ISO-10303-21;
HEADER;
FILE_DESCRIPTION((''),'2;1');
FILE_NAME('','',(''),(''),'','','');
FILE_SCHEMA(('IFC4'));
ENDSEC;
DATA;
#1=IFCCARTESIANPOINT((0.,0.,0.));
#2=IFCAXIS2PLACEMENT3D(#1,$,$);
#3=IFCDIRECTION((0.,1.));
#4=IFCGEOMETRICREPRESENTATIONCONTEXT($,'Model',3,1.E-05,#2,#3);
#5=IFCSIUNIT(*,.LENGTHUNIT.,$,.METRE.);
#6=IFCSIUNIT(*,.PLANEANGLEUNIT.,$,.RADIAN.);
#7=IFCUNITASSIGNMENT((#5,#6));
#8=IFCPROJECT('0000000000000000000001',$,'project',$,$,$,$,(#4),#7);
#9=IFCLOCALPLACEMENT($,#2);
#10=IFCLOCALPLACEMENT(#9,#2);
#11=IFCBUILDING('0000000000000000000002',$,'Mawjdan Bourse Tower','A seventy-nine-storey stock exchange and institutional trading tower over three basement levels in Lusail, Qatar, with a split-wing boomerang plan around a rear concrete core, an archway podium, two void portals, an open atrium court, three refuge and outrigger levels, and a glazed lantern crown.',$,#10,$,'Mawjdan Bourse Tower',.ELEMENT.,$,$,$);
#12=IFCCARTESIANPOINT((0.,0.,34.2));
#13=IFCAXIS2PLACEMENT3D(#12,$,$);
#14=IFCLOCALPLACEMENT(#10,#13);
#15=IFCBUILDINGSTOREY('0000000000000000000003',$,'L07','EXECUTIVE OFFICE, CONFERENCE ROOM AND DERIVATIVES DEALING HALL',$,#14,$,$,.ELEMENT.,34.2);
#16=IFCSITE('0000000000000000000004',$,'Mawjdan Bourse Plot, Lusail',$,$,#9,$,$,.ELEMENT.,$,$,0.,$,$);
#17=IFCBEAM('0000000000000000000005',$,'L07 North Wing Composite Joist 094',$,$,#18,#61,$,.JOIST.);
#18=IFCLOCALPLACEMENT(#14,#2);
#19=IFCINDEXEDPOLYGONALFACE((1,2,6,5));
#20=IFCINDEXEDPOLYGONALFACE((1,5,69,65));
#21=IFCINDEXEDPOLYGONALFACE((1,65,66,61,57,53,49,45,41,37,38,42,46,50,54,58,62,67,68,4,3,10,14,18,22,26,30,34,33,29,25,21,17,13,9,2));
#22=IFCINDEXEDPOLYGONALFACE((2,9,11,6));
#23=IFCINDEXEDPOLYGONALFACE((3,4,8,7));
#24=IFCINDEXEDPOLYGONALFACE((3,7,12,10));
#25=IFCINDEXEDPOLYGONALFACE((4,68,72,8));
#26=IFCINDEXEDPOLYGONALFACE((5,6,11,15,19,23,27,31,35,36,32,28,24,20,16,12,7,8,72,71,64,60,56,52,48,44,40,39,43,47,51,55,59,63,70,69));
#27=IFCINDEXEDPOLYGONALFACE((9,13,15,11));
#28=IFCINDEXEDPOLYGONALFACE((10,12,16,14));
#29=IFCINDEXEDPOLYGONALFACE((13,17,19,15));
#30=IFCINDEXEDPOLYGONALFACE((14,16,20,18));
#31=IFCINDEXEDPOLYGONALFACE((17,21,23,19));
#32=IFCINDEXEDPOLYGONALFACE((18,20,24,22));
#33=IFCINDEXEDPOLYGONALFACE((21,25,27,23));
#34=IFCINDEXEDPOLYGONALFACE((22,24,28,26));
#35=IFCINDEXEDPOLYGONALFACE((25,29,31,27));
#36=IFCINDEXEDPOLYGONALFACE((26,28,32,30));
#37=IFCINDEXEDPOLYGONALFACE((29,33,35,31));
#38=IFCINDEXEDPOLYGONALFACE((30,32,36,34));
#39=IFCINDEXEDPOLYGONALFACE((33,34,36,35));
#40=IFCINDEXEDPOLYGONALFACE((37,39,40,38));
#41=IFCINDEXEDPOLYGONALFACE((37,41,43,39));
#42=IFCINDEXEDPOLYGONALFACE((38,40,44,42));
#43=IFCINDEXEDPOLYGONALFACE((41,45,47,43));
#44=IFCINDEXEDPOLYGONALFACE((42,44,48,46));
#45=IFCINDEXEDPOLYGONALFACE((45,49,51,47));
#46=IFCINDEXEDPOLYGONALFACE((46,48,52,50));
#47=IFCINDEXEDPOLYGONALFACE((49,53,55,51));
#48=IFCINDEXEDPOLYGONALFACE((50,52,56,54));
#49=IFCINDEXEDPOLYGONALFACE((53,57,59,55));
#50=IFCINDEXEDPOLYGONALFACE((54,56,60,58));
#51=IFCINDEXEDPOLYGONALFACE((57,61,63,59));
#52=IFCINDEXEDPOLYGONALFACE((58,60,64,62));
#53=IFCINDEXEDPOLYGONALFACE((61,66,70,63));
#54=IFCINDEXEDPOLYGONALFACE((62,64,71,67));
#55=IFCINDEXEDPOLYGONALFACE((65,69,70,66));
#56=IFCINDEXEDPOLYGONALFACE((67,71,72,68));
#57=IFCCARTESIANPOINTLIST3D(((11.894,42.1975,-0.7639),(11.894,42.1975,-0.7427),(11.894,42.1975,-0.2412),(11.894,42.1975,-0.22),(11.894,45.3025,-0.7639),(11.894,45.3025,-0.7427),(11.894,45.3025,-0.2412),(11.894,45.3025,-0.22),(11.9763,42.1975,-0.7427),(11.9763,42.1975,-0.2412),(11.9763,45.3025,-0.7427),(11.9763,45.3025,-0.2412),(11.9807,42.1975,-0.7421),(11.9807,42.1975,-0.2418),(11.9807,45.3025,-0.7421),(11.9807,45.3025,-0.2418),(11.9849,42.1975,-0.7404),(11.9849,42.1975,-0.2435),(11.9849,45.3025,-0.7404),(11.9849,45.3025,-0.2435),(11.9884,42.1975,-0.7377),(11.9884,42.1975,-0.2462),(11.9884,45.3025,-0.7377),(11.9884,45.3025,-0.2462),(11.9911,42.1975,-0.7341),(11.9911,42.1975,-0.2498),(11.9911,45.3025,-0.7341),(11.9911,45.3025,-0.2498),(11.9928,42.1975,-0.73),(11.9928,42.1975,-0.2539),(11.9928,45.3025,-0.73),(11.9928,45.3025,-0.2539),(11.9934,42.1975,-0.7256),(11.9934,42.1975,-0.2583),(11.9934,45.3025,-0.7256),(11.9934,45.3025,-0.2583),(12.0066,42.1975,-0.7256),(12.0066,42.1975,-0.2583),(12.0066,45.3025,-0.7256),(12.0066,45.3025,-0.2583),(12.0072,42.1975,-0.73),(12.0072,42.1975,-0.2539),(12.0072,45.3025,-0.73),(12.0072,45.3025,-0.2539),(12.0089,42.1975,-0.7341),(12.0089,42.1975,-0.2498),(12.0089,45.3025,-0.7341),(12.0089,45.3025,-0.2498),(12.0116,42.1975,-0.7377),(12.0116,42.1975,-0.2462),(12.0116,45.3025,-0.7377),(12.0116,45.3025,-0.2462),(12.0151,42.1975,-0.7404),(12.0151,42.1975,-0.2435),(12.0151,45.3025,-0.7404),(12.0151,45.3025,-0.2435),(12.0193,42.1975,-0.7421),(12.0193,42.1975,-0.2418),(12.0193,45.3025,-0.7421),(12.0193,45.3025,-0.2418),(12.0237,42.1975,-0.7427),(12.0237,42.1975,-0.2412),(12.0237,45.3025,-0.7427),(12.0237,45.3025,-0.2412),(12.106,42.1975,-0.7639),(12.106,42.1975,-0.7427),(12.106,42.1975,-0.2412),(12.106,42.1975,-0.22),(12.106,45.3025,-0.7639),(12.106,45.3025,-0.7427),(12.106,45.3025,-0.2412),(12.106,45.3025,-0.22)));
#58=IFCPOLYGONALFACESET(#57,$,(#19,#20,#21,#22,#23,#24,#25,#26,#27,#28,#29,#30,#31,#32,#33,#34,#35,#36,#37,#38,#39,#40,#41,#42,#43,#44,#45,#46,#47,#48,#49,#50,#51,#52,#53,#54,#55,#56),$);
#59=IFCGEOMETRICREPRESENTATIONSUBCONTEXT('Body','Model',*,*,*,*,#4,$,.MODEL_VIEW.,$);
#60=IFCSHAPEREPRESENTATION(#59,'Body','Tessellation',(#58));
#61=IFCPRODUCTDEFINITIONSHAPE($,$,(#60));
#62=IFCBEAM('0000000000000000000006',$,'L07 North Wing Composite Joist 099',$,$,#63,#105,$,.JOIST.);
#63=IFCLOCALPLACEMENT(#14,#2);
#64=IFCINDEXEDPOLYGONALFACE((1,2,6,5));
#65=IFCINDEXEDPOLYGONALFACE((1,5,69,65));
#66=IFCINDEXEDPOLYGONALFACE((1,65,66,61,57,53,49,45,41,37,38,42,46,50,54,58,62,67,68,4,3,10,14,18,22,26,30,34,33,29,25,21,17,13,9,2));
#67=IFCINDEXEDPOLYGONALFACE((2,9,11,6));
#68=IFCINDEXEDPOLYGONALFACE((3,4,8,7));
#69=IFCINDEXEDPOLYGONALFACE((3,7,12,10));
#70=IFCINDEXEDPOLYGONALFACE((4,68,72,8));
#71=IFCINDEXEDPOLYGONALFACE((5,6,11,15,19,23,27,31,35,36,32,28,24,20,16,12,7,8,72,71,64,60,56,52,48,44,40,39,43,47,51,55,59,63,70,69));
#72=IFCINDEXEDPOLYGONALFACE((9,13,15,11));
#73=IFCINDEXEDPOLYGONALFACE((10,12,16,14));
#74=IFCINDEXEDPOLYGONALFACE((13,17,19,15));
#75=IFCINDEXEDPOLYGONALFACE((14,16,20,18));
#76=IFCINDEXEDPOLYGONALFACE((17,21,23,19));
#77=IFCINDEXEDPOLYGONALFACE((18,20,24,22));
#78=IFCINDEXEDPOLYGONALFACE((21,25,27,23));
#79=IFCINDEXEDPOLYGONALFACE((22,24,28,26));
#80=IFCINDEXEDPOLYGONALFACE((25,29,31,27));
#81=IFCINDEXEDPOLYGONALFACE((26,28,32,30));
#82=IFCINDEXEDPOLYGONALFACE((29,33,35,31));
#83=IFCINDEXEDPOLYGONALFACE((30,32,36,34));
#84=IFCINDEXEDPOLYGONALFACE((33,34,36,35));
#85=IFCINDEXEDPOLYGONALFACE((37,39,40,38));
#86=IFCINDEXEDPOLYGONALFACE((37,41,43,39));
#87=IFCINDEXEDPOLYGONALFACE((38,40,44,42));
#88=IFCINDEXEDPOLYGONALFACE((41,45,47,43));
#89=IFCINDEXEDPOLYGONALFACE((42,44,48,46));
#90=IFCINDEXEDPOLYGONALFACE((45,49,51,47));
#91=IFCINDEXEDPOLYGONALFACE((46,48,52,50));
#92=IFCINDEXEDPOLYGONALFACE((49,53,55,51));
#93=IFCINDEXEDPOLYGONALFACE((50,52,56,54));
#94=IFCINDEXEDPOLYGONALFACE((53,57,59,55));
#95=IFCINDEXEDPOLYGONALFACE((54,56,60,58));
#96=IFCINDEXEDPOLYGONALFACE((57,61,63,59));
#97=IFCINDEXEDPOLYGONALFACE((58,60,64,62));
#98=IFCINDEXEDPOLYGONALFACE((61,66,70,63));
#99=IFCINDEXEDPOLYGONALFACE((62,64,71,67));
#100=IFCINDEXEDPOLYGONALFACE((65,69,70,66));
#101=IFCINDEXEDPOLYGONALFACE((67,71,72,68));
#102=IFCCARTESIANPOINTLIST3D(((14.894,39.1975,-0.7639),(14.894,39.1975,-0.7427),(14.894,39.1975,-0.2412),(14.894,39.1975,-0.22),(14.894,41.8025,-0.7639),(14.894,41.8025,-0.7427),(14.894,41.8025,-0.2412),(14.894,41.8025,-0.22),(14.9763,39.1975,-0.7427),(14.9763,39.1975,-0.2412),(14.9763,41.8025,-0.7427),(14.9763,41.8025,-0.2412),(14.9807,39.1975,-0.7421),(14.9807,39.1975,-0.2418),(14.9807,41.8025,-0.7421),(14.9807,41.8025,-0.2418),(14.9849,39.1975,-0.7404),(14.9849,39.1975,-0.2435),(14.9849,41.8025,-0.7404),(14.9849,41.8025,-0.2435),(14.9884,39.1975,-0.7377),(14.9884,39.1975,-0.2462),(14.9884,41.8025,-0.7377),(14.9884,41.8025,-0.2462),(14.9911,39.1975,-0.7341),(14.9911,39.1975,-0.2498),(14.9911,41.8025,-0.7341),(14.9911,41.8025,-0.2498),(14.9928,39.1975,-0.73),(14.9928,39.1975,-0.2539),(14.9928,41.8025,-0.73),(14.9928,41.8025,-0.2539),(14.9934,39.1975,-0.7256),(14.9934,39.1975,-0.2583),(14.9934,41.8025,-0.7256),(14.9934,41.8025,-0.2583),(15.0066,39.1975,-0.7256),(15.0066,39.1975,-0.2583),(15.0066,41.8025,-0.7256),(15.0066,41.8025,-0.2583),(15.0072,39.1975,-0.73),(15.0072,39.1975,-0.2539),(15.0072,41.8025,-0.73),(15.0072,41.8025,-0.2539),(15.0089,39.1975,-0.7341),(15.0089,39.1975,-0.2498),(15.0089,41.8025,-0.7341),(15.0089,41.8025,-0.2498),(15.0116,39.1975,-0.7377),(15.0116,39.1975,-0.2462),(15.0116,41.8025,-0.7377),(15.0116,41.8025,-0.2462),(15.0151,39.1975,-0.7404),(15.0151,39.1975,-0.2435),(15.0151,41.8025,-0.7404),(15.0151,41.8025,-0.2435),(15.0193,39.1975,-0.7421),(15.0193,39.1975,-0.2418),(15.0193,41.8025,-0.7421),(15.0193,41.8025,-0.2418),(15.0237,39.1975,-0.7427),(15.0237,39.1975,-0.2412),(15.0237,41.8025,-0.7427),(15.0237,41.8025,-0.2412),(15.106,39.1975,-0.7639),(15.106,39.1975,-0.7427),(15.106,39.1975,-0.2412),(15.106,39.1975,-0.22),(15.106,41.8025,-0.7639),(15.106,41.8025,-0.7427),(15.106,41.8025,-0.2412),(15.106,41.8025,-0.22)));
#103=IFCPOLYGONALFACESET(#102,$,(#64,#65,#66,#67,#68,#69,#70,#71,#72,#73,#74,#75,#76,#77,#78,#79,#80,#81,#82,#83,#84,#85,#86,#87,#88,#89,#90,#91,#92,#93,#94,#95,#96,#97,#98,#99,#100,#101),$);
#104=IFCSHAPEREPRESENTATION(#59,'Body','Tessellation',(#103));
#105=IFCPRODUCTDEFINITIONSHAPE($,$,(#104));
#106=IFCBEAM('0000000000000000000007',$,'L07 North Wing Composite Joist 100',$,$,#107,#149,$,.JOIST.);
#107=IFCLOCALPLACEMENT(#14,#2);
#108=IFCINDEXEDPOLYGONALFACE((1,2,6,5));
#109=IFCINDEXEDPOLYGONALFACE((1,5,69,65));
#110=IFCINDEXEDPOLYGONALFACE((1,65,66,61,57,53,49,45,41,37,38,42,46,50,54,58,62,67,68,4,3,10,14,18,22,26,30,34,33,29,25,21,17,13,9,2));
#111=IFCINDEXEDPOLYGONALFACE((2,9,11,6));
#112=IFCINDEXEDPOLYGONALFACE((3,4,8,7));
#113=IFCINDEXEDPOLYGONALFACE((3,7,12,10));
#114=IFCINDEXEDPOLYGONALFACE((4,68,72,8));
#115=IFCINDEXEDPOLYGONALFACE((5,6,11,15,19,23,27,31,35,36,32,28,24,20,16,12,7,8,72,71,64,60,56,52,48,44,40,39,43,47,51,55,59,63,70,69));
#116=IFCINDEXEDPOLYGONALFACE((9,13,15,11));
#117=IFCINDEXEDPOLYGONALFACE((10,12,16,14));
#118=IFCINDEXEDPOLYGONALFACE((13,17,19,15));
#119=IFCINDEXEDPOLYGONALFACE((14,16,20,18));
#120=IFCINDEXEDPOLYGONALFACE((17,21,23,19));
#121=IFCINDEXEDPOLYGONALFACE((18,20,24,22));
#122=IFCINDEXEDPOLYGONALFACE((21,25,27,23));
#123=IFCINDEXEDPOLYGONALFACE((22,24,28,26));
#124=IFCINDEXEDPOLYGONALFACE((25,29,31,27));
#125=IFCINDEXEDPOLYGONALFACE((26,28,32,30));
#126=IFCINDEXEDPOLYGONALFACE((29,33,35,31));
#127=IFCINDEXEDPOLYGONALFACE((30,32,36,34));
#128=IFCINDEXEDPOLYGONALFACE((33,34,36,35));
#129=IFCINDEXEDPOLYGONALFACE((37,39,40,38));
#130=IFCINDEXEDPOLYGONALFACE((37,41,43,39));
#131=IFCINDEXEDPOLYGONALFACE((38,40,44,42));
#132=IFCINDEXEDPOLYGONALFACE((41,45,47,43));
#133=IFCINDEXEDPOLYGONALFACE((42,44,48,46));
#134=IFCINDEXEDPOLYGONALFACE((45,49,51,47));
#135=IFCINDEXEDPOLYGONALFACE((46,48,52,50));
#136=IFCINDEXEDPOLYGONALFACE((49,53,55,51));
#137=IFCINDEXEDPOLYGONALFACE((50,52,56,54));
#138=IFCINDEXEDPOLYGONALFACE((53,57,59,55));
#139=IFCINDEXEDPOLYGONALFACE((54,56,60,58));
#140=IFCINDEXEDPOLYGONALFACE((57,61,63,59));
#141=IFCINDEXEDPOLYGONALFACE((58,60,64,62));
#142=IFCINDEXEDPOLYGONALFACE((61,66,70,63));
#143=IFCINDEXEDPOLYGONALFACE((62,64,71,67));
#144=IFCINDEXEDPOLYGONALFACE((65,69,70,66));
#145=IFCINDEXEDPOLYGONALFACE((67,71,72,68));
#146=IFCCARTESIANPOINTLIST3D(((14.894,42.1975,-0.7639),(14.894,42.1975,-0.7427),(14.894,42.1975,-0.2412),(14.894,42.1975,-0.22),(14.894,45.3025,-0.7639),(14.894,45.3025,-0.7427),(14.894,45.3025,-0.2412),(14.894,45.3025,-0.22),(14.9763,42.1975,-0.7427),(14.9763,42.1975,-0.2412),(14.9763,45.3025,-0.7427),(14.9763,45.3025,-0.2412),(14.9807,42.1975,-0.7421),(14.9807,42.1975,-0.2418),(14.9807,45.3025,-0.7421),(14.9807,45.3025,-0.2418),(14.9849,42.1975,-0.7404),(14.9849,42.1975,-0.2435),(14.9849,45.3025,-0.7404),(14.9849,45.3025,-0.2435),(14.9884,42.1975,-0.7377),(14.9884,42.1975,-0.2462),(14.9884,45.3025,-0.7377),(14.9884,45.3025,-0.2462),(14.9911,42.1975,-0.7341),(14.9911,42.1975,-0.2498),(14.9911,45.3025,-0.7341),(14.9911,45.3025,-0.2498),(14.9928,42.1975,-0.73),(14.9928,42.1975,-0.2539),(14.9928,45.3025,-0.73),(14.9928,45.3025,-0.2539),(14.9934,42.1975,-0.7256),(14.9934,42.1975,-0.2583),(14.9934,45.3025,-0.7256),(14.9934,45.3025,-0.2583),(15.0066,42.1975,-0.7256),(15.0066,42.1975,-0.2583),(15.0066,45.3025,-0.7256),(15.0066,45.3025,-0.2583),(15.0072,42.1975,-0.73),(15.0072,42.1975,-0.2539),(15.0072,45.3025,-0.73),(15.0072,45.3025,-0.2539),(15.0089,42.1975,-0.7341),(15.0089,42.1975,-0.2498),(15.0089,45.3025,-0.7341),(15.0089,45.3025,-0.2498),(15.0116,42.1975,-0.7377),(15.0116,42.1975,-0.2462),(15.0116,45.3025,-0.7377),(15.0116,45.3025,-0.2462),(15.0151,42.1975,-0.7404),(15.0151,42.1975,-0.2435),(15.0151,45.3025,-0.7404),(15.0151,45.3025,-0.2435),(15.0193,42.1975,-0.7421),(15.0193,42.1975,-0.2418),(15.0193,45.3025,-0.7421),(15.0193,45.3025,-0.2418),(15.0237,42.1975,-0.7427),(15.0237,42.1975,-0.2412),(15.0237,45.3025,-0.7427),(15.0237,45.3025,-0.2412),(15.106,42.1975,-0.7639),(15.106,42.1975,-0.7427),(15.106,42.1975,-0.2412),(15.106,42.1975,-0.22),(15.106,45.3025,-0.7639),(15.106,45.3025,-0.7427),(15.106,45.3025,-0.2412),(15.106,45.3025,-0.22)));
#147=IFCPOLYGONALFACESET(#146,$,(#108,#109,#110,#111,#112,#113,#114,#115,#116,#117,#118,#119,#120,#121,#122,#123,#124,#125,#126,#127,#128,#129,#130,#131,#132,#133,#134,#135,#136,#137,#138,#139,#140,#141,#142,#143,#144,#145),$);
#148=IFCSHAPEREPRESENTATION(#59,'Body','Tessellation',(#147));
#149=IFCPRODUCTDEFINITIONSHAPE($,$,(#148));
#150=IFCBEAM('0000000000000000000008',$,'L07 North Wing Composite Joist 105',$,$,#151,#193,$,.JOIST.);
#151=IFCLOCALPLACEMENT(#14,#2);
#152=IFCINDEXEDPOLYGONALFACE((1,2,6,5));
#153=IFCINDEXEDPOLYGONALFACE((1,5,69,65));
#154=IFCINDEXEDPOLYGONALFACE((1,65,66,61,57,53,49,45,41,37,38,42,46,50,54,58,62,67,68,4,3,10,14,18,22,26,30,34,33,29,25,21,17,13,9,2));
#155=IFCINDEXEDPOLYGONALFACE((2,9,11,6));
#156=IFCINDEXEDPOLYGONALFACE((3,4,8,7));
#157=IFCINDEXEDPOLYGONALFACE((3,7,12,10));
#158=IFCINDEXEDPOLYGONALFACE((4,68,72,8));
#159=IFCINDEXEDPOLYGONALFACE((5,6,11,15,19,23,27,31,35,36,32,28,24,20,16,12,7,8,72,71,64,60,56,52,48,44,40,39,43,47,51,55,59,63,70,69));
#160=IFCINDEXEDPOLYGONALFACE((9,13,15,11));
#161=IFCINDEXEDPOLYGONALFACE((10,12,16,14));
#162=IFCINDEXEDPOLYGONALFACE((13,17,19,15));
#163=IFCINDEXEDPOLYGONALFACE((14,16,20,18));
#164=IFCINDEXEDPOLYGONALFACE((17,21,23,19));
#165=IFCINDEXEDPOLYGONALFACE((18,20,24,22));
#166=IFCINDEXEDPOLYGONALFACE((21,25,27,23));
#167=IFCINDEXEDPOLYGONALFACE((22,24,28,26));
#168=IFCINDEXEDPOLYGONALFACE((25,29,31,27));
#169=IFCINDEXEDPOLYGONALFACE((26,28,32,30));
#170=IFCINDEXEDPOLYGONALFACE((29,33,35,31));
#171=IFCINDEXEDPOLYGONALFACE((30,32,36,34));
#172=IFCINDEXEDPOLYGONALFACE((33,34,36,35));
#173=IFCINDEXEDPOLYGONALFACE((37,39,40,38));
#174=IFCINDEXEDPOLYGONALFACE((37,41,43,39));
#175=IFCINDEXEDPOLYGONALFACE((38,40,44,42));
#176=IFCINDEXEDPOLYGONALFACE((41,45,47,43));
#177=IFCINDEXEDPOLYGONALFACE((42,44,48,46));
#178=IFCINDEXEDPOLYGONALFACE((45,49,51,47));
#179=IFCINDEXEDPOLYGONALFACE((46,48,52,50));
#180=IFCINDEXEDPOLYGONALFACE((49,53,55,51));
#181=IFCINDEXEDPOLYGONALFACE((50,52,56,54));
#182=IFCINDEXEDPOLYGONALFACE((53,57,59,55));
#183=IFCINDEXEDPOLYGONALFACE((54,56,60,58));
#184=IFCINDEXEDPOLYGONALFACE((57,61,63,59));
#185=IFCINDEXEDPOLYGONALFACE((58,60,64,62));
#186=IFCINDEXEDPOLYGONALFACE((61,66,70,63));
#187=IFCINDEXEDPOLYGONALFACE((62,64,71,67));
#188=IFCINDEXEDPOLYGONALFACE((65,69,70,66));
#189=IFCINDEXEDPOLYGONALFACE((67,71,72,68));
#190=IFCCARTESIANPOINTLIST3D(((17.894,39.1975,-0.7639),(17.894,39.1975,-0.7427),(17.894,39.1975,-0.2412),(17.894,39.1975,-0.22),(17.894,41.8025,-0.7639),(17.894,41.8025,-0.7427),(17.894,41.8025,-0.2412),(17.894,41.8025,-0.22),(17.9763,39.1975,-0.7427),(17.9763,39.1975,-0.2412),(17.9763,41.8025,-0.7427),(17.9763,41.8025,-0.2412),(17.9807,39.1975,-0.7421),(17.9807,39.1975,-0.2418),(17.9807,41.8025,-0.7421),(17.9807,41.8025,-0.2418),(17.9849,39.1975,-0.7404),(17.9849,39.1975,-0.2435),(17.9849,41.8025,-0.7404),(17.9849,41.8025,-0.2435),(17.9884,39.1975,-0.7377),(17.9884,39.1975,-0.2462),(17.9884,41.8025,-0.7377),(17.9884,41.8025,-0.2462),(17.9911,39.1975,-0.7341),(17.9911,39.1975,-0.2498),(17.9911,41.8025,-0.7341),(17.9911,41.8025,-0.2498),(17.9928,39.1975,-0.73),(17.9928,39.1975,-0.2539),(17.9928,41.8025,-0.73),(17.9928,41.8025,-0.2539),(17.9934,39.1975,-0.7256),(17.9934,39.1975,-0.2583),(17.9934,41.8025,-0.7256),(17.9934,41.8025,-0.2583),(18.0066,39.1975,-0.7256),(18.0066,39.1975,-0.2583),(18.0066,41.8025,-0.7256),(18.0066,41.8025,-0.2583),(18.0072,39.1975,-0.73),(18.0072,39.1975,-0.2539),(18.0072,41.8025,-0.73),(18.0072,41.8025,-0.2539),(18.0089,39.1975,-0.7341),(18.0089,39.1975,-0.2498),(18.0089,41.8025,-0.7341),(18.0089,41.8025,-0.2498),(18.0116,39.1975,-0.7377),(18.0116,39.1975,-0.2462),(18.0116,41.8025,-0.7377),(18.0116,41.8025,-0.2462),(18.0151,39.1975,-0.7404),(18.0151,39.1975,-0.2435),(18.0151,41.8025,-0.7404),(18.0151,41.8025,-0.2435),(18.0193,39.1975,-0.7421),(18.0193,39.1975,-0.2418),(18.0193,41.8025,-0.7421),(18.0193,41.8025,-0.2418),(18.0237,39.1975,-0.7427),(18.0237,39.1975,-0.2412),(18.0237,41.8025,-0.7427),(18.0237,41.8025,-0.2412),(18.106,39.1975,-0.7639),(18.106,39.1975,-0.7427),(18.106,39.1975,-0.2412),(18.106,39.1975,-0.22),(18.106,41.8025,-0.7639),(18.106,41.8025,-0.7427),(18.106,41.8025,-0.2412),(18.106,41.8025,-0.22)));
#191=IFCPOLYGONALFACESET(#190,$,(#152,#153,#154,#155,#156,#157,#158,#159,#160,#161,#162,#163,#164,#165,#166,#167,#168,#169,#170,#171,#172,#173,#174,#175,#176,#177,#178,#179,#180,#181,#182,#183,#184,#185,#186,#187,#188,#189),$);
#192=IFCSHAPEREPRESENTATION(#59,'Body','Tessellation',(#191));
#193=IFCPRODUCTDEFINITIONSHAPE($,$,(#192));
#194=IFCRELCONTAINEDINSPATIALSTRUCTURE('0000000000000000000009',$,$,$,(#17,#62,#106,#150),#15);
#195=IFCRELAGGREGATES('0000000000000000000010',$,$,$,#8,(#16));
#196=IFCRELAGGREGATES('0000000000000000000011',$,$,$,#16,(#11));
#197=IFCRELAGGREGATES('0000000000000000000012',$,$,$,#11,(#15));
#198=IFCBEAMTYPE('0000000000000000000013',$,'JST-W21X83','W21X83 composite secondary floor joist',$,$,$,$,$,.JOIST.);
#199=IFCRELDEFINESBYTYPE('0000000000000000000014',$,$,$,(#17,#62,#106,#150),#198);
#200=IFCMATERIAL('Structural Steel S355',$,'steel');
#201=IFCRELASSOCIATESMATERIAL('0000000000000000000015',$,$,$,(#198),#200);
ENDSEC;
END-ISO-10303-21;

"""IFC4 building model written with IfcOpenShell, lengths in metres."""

from ifc_helpers import new_model, si_unit, direction, frame, origin, origin_2d, place, context, subcontext, project, spatial, i_section, extrude, material, material_profile, profile_set, type_object, element, save


model = new_model("IFC4")

# Units and contexts
model_context = context("Model", 3, precision=1e-05, world=origin(), true_north=direction((0.0, 1.0)))
body_context = subcontext(model_context, "Body", "Model", "MODEL_VIEW")
ifc_project = project(units=[si_unit("LENGTHUNIT", "METRE"), si_unit("PLANEANGLEUNIT", "RADIAN")], contexts=[model_context])

# Site, building, storey
site_placement = place(None, origin())
site = spatial("IfcSite", under=ifc_project, at=site_placement, Name="Mawjdan Bourse Plot, Lusail", CompositionType="ELEMENT", RefElevation=0.0)
building_placement = place(site_placement, origin())
building = spatial("IfcBuilding", under=site, at=building_placement, Name="Mawjdan Bourse Tower", Description="A seventy-nine-storey stock exchange and institutional trading tower over three basement levels in Lusail, Qatar, with a split-wing boomerang plan around a rear concrete core, an archway podium, two void portals, an open atrium court, three refuge and outrigger levels, and a glazed lantern crown.", LongName="Mawjdan Bourse Tower", CompositionType="ELEMENT")
storey_placement = place(building_placement, frame((0.0, 0.0, 34.2)))
storey = spatial("IfcBuildingStorey", under=building, at=storey_placement, Name="L07", Description="EXECUTIVE OFFICE, CONFERENCE ROOM AND DERIVATIVES DEALING HALL", CompositionType="ELEMENT", Elevation=34.2)

# Beams
ifc_material_1 = material(Name="Structural Steel S355", Category="steel")
ifc_material_profile_1 = material_profile(ifc_material_1, i_section(OverallWidth=0.2119, OverallDepth=0.5439, WebThickness=0.0132, FlangeThickness=0.0212, FilletRadius=0.0171, at=origin_2d()), Name="W21X83")
ifc_profile_set_1 = profile_set([ifc_material_profile_1], Name="Structural Steel S355")
beam_type_1 = type_object("IfcBeamType", Name="JST-W21X83", Description="W21X83 composite secondary floor joist", PredefinedType="JOIST", material=ifc_profile_set_1)
beam_1_placement = place(storey_placement, frame((12.0, 42.1975, -0.4919), z_axis=(0.0, 1.0, 0.0), x_axis=(-1.0, 0.0, 0.0)))
element("IfcBeam", 1, at=beam_1_placement, inside=storey, type_object=beam_type_1, Name="L07 North Wing Composite Joist 094", PredefinedType="JOIST", context=body_context, shape_type="SweptSolid", body=[
    extrude(i_section(OverallWidth=0.2119, OverallDepth=0.5439, WebThickness=0.0132, FlangeThickness=0.0212, FilletRadius=0.0171, at=origin_2d()), origin(), (0.0, 0.0, 1.0), 3.105),
])
beam_2_placement = place(storey_placement, frame((15.0, 39.1975, -0.4919), z_axis=(0.0, 1.0, 0.0), x_axis=(-1.0, 0.0, 0.0)))
element("IfcBeam", 2, at=beam_2_placement, inside=storey, type_object=beam_type_1, Name="L07 North Wing Composite Joist 099", PredefinedType="JOIST", context=body_context, shape_type="SweptSolid", body=[
    extrude(i_section(OverallWidth=0.2119, OverallDepth=0.5439, WebThickness=0.0132, FlangeThickness=0.0212, FilletRadius=0.0171, at=origin_2d()), origin(), (0.0, 0.0, 1.0), 2.605),
])
beam_3_placement = place(storey_placement, frame((15.0, 42.1975, -0.4919), z_axis=(0.0, 1.0, 0.0), x_axis=(-1.0, 0.0, 0.0)))
element("IfcBeam", 3, at=beam_3_placement, inside=storey, type_object=beam_type_1, Name="L07 North Wing Composite Joist 100", PredefinedType="JOIST", context=body_context, shape_type="SweptSolid", body=[
    extrude(i_section(OverallWidth=0.2119, OverallDepth=0.5439, WebThickness=0.0132, FlangeThickness=0.0212, FilletRadius=0.0171, at=origin_2d()), origin(), (0.0, 0.0, 1.0), 3.105),
])
beam_4_placement = place(storey_placement, frame((18.0, 39.1975, -0.4919), z_axis=(0.0, 1.0, 0.0), x_axis=(-1.0, 0.0, 0.0)))
element("IfcBeam", 4, at=beam_4_placement, inside=storey, type_object=beam_type_1, Name="L07 North Wing Composite Joist 105", PredefinedType="JOIST", context=body_context, shape_type="SweptSolid", body=[
    extrude(i_section(OverallWidth=0.2119, OverallDepth=0.5439, WebThickness=0.0132, FlangeThickness=0.0212, FilletRadius=0.0171, at=origin_2d()), origin(), (0.0, 0.0, 1.0), 2.605),
])

save(model, "model.ifc")
